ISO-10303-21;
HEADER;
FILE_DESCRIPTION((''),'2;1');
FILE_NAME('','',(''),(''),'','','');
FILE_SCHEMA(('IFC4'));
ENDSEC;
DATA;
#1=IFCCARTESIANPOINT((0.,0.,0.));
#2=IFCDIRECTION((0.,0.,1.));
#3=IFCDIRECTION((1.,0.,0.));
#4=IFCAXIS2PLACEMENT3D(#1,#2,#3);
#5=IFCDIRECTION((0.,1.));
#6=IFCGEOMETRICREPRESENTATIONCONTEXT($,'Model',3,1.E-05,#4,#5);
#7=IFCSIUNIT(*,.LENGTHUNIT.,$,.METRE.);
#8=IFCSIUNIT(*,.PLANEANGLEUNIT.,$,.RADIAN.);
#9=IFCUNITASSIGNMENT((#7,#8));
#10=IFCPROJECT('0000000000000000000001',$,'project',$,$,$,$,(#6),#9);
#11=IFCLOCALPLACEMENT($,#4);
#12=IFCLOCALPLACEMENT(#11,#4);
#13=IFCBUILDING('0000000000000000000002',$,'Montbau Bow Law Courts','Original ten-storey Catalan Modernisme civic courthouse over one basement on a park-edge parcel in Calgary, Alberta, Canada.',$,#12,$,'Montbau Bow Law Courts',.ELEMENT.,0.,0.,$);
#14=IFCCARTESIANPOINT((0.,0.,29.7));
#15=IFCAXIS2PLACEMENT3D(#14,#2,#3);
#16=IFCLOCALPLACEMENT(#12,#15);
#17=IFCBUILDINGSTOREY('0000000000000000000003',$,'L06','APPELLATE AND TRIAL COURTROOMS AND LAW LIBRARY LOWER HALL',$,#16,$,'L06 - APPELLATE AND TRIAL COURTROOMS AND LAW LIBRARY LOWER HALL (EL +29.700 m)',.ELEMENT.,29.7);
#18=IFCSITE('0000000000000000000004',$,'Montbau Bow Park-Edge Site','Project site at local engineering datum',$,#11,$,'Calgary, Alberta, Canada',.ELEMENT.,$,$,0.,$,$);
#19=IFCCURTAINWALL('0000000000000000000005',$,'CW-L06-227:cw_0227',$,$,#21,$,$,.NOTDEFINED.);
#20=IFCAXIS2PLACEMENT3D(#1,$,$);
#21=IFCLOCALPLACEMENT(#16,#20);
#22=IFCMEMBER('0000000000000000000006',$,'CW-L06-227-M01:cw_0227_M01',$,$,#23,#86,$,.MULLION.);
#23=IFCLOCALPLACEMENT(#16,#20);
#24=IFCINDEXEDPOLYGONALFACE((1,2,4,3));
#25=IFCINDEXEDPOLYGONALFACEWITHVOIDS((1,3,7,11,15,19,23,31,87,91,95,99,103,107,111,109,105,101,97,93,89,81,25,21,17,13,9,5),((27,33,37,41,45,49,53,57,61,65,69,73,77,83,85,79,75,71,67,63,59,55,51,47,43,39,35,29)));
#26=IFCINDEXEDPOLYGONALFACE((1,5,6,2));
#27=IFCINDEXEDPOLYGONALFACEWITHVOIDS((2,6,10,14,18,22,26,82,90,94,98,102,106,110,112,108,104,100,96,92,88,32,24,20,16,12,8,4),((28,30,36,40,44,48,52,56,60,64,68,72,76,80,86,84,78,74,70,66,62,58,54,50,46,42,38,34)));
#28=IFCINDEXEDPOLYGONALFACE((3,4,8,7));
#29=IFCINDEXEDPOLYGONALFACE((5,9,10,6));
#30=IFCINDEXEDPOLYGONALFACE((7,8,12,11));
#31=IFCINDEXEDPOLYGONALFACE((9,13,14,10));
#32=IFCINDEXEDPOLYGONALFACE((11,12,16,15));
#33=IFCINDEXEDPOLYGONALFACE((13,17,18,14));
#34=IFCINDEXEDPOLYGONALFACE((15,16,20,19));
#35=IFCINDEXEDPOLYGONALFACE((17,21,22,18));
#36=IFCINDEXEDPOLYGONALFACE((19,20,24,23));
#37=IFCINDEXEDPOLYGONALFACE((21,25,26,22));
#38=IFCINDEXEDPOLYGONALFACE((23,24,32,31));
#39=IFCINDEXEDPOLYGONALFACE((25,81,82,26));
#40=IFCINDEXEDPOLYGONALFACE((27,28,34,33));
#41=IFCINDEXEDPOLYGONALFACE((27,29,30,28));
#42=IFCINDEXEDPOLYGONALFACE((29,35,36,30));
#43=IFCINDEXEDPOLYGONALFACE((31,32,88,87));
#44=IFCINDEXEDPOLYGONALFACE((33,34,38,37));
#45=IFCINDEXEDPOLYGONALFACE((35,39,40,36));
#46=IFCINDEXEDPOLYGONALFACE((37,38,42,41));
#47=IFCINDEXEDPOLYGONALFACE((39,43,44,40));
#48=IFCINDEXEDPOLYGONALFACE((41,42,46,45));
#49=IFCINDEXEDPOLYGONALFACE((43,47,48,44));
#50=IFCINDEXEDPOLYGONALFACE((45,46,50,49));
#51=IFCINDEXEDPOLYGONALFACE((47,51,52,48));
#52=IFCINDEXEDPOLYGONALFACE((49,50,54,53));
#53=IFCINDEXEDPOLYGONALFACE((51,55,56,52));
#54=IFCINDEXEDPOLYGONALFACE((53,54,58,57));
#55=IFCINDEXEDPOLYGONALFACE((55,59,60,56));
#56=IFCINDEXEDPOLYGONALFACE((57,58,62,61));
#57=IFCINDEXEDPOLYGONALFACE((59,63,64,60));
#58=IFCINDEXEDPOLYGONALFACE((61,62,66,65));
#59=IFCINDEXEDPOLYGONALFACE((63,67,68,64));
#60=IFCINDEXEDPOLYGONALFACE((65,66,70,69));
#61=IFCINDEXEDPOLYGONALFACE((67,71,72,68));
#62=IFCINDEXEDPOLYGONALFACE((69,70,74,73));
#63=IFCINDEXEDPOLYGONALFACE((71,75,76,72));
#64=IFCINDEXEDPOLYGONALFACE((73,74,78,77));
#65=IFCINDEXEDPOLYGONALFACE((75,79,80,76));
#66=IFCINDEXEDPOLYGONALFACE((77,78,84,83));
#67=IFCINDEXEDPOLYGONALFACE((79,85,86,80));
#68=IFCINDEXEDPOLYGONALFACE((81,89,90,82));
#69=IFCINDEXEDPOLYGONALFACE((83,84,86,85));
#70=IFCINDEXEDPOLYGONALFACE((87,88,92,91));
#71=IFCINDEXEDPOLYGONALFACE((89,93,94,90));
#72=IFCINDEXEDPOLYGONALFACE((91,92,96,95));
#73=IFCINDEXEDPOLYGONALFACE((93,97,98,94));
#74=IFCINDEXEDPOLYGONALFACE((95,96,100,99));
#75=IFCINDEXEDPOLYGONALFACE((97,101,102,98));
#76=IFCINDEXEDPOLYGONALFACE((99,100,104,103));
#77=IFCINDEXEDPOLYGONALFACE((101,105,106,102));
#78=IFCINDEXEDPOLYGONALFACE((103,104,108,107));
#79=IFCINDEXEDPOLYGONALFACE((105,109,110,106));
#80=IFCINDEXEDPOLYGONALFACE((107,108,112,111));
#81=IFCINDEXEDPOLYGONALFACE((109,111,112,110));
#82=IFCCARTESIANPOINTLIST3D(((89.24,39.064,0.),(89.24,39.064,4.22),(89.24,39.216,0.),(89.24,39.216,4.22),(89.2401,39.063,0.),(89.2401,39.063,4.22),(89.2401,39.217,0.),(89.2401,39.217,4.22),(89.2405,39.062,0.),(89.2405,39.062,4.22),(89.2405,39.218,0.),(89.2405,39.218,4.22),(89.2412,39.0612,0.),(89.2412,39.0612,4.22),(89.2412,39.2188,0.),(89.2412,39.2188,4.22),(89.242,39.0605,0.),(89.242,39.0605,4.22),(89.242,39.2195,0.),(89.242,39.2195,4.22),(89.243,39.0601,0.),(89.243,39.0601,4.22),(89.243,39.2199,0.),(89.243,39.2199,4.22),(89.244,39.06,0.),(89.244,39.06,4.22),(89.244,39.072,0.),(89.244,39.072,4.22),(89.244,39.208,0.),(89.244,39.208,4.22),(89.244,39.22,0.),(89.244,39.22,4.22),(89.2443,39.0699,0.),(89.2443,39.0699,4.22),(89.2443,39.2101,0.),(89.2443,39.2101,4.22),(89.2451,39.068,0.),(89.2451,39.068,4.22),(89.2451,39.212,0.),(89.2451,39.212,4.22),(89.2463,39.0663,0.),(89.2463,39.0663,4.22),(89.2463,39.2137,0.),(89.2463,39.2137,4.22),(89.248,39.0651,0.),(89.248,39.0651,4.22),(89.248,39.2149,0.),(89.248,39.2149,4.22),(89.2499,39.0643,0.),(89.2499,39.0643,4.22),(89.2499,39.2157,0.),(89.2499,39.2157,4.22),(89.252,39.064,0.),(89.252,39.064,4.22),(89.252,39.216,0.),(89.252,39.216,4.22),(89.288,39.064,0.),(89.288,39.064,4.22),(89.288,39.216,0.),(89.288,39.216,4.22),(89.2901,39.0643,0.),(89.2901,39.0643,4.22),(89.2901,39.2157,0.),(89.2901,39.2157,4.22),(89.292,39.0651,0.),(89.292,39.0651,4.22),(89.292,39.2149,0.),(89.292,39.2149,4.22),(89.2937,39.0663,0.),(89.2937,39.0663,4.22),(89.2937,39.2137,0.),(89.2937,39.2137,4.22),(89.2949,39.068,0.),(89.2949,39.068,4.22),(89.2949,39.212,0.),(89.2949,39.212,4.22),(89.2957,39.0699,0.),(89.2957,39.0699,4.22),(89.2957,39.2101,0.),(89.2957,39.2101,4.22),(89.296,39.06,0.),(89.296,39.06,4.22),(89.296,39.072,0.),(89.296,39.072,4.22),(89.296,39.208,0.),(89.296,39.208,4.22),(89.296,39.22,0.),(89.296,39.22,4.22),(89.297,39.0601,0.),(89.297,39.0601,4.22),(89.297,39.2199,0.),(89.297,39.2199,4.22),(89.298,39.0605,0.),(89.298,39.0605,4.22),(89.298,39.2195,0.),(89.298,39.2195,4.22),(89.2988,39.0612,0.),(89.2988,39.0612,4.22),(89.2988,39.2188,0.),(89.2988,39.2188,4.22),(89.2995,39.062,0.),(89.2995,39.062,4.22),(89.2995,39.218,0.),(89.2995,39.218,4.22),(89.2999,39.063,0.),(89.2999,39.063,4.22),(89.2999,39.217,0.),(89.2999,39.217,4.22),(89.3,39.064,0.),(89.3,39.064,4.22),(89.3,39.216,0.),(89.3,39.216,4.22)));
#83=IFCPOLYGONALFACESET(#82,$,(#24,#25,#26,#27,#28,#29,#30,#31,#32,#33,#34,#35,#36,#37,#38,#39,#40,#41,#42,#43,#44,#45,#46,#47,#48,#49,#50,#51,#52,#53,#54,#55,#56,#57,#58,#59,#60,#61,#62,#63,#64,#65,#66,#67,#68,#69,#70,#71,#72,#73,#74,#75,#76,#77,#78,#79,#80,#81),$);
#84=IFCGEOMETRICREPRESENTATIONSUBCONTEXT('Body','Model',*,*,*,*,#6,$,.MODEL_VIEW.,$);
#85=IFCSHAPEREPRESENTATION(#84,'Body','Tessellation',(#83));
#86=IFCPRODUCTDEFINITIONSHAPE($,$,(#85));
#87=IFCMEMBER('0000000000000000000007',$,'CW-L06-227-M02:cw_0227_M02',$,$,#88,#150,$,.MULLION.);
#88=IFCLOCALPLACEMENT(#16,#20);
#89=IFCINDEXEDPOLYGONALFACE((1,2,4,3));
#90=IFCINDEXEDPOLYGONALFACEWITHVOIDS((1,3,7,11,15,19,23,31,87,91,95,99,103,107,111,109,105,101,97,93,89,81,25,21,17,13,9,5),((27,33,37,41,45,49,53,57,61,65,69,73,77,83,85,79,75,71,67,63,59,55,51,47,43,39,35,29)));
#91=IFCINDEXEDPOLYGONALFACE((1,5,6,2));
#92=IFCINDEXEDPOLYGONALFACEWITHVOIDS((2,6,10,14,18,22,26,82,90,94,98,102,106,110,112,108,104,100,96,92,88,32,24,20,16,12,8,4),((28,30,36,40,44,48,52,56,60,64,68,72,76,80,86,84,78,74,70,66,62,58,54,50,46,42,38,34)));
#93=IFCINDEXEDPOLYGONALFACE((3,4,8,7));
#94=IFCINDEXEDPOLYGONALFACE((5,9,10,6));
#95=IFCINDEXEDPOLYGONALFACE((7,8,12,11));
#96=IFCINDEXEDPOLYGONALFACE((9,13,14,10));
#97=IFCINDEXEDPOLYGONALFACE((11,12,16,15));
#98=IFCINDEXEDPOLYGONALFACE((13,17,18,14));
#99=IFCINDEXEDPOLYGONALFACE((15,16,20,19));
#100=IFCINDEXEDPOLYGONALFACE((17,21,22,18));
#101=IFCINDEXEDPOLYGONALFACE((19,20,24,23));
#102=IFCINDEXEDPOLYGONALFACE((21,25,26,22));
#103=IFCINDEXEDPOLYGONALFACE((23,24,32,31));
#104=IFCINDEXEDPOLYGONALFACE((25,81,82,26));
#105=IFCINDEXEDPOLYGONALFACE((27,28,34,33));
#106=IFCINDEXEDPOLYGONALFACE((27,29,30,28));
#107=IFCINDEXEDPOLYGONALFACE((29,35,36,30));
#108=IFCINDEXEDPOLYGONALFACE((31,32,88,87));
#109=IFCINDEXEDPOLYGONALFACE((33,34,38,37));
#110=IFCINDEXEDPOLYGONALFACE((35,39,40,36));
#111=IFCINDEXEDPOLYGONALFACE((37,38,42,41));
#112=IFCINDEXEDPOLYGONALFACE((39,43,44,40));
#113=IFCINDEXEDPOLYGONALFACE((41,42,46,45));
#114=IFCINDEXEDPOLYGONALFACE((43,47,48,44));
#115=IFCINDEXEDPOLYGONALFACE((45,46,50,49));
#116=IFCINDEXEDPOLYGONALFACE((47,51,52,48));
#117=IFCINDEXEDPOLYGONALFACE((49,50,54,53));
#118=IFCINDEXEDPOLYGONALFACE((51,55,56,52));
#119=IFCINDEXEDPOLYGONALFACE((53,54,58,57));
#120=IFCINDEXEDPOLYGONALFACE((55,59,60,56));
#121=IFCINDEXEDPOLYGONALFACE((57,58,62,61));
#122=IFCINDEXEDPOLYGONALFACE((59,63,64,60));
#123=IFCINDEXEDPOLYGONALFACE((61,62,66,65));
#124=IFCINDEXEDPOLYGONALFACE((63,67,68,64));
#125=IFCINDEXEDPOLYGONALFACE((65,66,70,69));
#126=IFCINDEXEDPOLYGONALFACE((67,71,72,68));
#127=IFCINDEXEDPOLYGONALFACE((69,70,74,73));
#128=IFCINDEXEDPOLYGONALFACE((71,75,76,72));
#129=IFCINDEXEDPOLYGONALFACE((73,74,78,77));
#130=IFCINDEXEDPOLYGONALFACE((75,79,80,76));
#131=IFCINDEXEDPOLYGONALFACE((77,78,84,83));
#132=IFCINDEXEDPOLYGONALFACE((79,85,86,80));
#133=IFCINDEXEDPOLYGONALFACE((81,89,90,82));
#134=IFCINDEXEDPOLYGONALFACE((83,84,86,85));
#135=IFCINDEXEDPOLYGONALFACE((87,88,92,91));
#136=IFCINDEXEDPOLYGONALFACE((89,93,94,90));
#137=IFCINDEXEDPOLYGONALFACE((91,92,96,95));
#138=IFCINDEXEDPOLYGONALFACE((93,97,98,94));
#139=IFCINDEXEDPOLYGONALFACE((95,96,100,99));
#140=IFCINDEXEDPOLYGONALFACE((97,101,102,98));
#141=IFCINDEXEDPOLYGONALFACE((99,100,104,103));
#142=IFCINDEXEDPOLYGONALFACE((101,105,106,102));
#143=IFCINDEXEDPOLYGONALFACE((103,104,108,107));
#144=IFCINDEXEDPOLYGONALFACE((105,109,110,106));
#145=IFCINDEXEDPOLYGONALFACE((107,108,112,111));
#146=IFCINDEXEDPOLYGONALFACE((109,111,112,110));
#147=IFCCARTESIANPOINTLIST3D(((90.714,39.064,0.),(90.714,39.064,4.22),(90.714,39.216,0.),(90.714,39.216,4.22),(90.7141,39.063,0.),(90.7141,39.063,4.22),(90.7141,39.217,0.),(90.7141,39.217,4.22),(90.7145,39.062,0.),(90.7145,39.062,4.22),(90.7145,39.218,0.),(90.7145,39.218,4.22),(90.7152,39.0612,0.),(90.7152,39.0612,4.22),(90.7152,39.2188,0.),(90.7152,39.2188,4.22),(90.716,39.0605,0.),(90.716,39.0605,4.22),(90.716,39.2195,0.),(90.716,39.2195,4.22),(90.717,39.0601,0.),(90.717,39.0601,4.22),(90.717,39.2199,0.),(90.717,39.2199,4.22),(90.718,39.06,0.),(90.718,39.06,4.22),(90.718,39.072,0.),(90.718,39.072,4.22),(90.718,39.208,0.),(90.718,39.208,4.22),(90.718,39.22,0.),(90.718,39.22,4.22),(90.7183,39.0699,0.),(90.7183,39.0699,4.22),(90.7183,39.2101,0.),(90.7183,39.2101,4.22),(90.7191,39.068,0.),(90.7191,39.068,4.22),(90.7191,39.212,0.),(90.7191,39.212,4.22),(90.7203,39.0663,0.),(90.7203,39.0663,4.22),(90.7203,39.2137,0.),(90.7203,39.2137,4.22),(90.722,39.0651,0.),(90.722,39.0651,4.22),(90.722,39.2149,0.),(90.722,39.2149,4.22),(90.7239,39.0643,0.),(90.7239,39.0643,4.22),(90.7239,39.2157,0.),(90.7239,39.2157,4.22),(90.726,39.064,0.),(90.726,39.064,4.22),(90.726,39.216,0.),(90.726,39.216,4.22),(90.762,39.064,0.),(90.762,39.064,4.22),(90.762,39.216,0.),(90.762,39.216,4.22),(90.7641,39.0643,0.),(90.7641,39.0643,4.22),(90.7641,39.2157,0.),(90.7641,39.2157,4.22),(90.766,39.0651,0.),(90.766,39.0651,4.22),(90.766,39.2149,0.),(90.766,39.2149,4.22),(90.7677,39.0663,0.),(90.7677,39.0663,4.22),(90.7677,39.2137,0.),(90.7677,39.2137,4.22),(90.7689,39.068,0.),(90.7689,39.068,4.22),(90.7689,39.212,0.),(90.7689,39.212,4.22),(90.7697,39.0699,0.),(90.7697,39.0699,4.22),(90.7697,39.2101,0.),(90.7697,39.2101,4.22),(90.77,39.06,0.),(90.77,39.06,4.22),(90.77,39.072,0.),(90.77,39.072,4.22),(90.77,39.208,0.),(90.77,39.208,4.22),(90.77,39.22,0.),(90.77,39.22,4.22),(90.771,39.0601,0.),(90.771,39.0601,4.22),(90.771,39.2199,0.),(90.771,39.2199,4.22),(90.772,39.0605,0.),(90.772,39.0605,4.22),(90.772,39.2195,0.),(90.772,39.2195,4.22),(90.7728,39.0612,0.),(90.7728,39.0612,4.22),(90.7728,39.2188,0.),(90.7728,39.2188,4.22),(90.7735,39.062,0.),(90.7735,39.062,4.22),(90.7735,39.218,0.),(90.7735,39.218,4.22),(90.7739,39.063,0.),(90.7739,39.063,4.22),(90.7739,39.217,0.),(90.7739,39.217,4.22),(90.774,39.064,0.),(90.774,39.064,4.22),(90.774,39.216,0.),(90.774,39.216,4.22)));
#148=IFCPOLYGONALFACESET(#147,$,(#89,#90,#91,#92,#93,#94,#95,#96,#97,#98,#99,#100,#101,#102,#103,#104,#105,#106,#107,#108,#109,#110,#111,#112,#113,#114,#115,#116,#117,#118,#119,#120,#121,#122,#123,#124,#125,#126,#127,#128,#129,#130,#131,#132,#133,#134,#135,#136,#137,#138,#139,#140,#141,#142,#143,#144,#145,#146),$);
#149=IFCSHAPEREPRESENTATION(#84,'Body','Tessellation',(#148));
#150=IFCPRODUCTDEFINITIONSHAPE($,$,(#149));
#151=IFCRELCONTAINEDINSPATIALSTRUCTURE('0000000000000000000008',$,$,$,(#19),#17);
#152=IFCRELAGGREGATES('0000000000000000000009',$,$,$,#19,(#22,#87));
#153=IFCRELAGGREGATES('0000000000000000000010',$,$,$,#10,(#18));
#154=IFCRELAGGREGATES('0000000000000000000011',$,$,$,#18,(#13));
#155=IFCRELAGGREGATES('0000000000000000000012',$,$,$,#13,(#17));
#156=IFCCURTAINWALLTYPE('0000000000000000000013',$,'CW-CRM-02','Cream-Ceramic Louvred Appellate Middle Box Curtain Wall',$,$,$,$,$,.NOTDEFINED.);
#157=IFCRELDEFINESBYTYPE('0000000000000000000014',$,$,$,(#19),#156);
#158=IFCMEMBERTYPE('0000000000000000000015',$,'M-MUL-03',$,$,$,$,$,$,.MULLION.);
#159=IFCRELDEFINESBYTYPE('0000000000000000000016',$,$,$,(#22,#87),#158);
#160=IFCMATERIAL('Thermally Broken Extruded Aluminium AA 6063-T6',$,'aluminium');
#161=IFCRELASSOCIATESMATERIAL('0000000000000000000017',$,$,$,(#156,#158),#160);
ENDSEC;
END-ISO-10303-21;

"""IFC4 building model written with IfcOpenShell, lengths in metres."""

from ifc_helpers import new_model, si_unit, direction, frame, origin_with_axes, origin_2d_with_axis, place, context, subcontext, project, spatial, hollow_rectangle, extrude, material, material_profile, profile_set, type_object, element, aggregate, save


model = new_model("IFC4")

# Units and contexts
model_context = context("Model", 3, precision=1e-05, world=origin_with_axes(), true_north=direction((0.0, 1.0)))
body_context = subcontext(model_context, "Body", "Model", "MODEL_VIEW")
ifc_project = project(units=[si_unit("LENGTHUNIT", "METRE"), si_unit("PLANEANGLEUNIT", "RADIAN")], contexts=[model_context])

# Site, building, storey
site_placement = place(None, origin_with_axes())
site = spatial("IfcSite", under=ifc_project, at=site_placement, Name="Montbau Bow Park-Edge Site", Description="Project site at local engineering datum", LongName="Calgary, Alberta, Canada", CompositionType="ELEMENT", RefElevation=0.0)
building_placement = place(site_placement, origin_with_axes())
building = spatial("IfcBuilding", under=site, at=building_placement, Name="Montbau Bow Law Courts", Description="Original ten-storey Catalan Modernisme civic courthouse over one basement on a park-edge parcel in Calgary, Alberta, Canada.", LongName="Montbau Bow Law Courts", CompositionType="ELEMENT", ElevationOfRefHeight=0.0, ElevationOfTerrain=0.0)
storey_placement = place(building_placement, frame((0.0, 0.0, 29.7), z_axis=(0.0, 0.0, 1.0), x_axis=(1.0, 0.0, 0.0)))
storey = spatial("IfcBuildingStorey", under=building, at=storey_placement, Name="L06", Description="APPELLATE AND TRIAL COURTROOMS AND LAW LIBRARY LOWER HALL", LongName="L06 - APPELLATE AND TRIAL COURTROOMS AND LAW LIBRARY LOWER HALL (EL +29.700 m)", CompositionType="ELEMENT", Elevation=29.7)

# Shared definitions
ifc_material_1 = material(Name="Thermally Broken Extruded Aluminium AA 6063-T6", Category="aluminium")
curtain_wall_type = type_object("IfcCurtainWallType", Name="CW-CRM-02", Description="Cream-Ceramic Louvred Appellate Middle Box Curtain Wall", PredefinedType="NOTDEFINED", material=ifc_material_1)

# Curtain wall, members
curtain_wall_1_placement = place(None, frame((89.24, 39.14, 29.7), z_axis=(0.0, 0.0, 1.0), x_axis=(1.0, 0.0, 0.0)))
curtain_wall_1 = element("IfcCurtainWall", 1, at=curtain_wall_1_placement, inside=storey, type_object=curtain_wall_type, Name="CW-L06-227:cw_0227", PredefinedType="NOTDEFINED")
ifc_material_profile_1 = material_profile(ifc_material_1, hollow_rectangle(XDim=0.06, YDim=0.16, WallThickness=0.004, InnerFilletRadius=0.008, OuterFilletRadius=0.004, at=origin_2d_with_axis()), Name="CWM-160X60", Category="Main", Priority=0)
ifc_profile_set_1 = profile_set([ifc_material_profile_1], Name="Thermally Broken Extruded Aluminium AA 6063-T6")
member_type_1 = type_object("IfcMemberType", Name="M-MUL-03", PredefinedType="MULLION", material=ifc_profile_set_1)
member_1_placement = place(None, frame((89.27, 39.14, 29.7), z_axis=(0.0, 0.0, 1.0), x_axis=(1.0, 0.0, 0.0)))
member_1 = element("IfcMember", 2, at=member_1_placement, type_object=member_type_1, Name="CW-L06-227-M01:cw_0227_M01", PredefinedType="MULLION", context=body_context, shape_type="SweptSolid", body=[
    extrude(hollow_rectangle(XDim=0.06, YDim=0.16, WallThickness=0.004, InnerFilletRadius=0.008, OuterFilletRadius=0.004, at=origin_2d_with_axis()), origin_with_axes(), (0.0, 0.0, 1.0), 4.22),
])
member_2_placement = place(None, frame((90.744, 39.14, 29.7), z_axis=(0.0, 0.0, 1.0), x_axis=(1.0, 0.0, 0.0)))
member_2 = element("IfcMember", 3, at=member_2_placement, type_object=member_type_1, Name="CW-L06-227-M02:cw_0227_M02", PredefinedType="MULLION", context=body_context, shape_type="SweptSolid", body=[
    extrude(hollow_rectangle(XDim=0.06, YDim=0.16, WallThickness=0.004, InnerFilletRadius=0.008, OuterFilletRadius=0.004, at=origin_2d_with_axis()), origin_with_axes(), (0.0, 0.0, 1.0), 4.22),
])

aggregate(curtain_wall_1, [member_1, member_2])

save(model, "model.ifc")
